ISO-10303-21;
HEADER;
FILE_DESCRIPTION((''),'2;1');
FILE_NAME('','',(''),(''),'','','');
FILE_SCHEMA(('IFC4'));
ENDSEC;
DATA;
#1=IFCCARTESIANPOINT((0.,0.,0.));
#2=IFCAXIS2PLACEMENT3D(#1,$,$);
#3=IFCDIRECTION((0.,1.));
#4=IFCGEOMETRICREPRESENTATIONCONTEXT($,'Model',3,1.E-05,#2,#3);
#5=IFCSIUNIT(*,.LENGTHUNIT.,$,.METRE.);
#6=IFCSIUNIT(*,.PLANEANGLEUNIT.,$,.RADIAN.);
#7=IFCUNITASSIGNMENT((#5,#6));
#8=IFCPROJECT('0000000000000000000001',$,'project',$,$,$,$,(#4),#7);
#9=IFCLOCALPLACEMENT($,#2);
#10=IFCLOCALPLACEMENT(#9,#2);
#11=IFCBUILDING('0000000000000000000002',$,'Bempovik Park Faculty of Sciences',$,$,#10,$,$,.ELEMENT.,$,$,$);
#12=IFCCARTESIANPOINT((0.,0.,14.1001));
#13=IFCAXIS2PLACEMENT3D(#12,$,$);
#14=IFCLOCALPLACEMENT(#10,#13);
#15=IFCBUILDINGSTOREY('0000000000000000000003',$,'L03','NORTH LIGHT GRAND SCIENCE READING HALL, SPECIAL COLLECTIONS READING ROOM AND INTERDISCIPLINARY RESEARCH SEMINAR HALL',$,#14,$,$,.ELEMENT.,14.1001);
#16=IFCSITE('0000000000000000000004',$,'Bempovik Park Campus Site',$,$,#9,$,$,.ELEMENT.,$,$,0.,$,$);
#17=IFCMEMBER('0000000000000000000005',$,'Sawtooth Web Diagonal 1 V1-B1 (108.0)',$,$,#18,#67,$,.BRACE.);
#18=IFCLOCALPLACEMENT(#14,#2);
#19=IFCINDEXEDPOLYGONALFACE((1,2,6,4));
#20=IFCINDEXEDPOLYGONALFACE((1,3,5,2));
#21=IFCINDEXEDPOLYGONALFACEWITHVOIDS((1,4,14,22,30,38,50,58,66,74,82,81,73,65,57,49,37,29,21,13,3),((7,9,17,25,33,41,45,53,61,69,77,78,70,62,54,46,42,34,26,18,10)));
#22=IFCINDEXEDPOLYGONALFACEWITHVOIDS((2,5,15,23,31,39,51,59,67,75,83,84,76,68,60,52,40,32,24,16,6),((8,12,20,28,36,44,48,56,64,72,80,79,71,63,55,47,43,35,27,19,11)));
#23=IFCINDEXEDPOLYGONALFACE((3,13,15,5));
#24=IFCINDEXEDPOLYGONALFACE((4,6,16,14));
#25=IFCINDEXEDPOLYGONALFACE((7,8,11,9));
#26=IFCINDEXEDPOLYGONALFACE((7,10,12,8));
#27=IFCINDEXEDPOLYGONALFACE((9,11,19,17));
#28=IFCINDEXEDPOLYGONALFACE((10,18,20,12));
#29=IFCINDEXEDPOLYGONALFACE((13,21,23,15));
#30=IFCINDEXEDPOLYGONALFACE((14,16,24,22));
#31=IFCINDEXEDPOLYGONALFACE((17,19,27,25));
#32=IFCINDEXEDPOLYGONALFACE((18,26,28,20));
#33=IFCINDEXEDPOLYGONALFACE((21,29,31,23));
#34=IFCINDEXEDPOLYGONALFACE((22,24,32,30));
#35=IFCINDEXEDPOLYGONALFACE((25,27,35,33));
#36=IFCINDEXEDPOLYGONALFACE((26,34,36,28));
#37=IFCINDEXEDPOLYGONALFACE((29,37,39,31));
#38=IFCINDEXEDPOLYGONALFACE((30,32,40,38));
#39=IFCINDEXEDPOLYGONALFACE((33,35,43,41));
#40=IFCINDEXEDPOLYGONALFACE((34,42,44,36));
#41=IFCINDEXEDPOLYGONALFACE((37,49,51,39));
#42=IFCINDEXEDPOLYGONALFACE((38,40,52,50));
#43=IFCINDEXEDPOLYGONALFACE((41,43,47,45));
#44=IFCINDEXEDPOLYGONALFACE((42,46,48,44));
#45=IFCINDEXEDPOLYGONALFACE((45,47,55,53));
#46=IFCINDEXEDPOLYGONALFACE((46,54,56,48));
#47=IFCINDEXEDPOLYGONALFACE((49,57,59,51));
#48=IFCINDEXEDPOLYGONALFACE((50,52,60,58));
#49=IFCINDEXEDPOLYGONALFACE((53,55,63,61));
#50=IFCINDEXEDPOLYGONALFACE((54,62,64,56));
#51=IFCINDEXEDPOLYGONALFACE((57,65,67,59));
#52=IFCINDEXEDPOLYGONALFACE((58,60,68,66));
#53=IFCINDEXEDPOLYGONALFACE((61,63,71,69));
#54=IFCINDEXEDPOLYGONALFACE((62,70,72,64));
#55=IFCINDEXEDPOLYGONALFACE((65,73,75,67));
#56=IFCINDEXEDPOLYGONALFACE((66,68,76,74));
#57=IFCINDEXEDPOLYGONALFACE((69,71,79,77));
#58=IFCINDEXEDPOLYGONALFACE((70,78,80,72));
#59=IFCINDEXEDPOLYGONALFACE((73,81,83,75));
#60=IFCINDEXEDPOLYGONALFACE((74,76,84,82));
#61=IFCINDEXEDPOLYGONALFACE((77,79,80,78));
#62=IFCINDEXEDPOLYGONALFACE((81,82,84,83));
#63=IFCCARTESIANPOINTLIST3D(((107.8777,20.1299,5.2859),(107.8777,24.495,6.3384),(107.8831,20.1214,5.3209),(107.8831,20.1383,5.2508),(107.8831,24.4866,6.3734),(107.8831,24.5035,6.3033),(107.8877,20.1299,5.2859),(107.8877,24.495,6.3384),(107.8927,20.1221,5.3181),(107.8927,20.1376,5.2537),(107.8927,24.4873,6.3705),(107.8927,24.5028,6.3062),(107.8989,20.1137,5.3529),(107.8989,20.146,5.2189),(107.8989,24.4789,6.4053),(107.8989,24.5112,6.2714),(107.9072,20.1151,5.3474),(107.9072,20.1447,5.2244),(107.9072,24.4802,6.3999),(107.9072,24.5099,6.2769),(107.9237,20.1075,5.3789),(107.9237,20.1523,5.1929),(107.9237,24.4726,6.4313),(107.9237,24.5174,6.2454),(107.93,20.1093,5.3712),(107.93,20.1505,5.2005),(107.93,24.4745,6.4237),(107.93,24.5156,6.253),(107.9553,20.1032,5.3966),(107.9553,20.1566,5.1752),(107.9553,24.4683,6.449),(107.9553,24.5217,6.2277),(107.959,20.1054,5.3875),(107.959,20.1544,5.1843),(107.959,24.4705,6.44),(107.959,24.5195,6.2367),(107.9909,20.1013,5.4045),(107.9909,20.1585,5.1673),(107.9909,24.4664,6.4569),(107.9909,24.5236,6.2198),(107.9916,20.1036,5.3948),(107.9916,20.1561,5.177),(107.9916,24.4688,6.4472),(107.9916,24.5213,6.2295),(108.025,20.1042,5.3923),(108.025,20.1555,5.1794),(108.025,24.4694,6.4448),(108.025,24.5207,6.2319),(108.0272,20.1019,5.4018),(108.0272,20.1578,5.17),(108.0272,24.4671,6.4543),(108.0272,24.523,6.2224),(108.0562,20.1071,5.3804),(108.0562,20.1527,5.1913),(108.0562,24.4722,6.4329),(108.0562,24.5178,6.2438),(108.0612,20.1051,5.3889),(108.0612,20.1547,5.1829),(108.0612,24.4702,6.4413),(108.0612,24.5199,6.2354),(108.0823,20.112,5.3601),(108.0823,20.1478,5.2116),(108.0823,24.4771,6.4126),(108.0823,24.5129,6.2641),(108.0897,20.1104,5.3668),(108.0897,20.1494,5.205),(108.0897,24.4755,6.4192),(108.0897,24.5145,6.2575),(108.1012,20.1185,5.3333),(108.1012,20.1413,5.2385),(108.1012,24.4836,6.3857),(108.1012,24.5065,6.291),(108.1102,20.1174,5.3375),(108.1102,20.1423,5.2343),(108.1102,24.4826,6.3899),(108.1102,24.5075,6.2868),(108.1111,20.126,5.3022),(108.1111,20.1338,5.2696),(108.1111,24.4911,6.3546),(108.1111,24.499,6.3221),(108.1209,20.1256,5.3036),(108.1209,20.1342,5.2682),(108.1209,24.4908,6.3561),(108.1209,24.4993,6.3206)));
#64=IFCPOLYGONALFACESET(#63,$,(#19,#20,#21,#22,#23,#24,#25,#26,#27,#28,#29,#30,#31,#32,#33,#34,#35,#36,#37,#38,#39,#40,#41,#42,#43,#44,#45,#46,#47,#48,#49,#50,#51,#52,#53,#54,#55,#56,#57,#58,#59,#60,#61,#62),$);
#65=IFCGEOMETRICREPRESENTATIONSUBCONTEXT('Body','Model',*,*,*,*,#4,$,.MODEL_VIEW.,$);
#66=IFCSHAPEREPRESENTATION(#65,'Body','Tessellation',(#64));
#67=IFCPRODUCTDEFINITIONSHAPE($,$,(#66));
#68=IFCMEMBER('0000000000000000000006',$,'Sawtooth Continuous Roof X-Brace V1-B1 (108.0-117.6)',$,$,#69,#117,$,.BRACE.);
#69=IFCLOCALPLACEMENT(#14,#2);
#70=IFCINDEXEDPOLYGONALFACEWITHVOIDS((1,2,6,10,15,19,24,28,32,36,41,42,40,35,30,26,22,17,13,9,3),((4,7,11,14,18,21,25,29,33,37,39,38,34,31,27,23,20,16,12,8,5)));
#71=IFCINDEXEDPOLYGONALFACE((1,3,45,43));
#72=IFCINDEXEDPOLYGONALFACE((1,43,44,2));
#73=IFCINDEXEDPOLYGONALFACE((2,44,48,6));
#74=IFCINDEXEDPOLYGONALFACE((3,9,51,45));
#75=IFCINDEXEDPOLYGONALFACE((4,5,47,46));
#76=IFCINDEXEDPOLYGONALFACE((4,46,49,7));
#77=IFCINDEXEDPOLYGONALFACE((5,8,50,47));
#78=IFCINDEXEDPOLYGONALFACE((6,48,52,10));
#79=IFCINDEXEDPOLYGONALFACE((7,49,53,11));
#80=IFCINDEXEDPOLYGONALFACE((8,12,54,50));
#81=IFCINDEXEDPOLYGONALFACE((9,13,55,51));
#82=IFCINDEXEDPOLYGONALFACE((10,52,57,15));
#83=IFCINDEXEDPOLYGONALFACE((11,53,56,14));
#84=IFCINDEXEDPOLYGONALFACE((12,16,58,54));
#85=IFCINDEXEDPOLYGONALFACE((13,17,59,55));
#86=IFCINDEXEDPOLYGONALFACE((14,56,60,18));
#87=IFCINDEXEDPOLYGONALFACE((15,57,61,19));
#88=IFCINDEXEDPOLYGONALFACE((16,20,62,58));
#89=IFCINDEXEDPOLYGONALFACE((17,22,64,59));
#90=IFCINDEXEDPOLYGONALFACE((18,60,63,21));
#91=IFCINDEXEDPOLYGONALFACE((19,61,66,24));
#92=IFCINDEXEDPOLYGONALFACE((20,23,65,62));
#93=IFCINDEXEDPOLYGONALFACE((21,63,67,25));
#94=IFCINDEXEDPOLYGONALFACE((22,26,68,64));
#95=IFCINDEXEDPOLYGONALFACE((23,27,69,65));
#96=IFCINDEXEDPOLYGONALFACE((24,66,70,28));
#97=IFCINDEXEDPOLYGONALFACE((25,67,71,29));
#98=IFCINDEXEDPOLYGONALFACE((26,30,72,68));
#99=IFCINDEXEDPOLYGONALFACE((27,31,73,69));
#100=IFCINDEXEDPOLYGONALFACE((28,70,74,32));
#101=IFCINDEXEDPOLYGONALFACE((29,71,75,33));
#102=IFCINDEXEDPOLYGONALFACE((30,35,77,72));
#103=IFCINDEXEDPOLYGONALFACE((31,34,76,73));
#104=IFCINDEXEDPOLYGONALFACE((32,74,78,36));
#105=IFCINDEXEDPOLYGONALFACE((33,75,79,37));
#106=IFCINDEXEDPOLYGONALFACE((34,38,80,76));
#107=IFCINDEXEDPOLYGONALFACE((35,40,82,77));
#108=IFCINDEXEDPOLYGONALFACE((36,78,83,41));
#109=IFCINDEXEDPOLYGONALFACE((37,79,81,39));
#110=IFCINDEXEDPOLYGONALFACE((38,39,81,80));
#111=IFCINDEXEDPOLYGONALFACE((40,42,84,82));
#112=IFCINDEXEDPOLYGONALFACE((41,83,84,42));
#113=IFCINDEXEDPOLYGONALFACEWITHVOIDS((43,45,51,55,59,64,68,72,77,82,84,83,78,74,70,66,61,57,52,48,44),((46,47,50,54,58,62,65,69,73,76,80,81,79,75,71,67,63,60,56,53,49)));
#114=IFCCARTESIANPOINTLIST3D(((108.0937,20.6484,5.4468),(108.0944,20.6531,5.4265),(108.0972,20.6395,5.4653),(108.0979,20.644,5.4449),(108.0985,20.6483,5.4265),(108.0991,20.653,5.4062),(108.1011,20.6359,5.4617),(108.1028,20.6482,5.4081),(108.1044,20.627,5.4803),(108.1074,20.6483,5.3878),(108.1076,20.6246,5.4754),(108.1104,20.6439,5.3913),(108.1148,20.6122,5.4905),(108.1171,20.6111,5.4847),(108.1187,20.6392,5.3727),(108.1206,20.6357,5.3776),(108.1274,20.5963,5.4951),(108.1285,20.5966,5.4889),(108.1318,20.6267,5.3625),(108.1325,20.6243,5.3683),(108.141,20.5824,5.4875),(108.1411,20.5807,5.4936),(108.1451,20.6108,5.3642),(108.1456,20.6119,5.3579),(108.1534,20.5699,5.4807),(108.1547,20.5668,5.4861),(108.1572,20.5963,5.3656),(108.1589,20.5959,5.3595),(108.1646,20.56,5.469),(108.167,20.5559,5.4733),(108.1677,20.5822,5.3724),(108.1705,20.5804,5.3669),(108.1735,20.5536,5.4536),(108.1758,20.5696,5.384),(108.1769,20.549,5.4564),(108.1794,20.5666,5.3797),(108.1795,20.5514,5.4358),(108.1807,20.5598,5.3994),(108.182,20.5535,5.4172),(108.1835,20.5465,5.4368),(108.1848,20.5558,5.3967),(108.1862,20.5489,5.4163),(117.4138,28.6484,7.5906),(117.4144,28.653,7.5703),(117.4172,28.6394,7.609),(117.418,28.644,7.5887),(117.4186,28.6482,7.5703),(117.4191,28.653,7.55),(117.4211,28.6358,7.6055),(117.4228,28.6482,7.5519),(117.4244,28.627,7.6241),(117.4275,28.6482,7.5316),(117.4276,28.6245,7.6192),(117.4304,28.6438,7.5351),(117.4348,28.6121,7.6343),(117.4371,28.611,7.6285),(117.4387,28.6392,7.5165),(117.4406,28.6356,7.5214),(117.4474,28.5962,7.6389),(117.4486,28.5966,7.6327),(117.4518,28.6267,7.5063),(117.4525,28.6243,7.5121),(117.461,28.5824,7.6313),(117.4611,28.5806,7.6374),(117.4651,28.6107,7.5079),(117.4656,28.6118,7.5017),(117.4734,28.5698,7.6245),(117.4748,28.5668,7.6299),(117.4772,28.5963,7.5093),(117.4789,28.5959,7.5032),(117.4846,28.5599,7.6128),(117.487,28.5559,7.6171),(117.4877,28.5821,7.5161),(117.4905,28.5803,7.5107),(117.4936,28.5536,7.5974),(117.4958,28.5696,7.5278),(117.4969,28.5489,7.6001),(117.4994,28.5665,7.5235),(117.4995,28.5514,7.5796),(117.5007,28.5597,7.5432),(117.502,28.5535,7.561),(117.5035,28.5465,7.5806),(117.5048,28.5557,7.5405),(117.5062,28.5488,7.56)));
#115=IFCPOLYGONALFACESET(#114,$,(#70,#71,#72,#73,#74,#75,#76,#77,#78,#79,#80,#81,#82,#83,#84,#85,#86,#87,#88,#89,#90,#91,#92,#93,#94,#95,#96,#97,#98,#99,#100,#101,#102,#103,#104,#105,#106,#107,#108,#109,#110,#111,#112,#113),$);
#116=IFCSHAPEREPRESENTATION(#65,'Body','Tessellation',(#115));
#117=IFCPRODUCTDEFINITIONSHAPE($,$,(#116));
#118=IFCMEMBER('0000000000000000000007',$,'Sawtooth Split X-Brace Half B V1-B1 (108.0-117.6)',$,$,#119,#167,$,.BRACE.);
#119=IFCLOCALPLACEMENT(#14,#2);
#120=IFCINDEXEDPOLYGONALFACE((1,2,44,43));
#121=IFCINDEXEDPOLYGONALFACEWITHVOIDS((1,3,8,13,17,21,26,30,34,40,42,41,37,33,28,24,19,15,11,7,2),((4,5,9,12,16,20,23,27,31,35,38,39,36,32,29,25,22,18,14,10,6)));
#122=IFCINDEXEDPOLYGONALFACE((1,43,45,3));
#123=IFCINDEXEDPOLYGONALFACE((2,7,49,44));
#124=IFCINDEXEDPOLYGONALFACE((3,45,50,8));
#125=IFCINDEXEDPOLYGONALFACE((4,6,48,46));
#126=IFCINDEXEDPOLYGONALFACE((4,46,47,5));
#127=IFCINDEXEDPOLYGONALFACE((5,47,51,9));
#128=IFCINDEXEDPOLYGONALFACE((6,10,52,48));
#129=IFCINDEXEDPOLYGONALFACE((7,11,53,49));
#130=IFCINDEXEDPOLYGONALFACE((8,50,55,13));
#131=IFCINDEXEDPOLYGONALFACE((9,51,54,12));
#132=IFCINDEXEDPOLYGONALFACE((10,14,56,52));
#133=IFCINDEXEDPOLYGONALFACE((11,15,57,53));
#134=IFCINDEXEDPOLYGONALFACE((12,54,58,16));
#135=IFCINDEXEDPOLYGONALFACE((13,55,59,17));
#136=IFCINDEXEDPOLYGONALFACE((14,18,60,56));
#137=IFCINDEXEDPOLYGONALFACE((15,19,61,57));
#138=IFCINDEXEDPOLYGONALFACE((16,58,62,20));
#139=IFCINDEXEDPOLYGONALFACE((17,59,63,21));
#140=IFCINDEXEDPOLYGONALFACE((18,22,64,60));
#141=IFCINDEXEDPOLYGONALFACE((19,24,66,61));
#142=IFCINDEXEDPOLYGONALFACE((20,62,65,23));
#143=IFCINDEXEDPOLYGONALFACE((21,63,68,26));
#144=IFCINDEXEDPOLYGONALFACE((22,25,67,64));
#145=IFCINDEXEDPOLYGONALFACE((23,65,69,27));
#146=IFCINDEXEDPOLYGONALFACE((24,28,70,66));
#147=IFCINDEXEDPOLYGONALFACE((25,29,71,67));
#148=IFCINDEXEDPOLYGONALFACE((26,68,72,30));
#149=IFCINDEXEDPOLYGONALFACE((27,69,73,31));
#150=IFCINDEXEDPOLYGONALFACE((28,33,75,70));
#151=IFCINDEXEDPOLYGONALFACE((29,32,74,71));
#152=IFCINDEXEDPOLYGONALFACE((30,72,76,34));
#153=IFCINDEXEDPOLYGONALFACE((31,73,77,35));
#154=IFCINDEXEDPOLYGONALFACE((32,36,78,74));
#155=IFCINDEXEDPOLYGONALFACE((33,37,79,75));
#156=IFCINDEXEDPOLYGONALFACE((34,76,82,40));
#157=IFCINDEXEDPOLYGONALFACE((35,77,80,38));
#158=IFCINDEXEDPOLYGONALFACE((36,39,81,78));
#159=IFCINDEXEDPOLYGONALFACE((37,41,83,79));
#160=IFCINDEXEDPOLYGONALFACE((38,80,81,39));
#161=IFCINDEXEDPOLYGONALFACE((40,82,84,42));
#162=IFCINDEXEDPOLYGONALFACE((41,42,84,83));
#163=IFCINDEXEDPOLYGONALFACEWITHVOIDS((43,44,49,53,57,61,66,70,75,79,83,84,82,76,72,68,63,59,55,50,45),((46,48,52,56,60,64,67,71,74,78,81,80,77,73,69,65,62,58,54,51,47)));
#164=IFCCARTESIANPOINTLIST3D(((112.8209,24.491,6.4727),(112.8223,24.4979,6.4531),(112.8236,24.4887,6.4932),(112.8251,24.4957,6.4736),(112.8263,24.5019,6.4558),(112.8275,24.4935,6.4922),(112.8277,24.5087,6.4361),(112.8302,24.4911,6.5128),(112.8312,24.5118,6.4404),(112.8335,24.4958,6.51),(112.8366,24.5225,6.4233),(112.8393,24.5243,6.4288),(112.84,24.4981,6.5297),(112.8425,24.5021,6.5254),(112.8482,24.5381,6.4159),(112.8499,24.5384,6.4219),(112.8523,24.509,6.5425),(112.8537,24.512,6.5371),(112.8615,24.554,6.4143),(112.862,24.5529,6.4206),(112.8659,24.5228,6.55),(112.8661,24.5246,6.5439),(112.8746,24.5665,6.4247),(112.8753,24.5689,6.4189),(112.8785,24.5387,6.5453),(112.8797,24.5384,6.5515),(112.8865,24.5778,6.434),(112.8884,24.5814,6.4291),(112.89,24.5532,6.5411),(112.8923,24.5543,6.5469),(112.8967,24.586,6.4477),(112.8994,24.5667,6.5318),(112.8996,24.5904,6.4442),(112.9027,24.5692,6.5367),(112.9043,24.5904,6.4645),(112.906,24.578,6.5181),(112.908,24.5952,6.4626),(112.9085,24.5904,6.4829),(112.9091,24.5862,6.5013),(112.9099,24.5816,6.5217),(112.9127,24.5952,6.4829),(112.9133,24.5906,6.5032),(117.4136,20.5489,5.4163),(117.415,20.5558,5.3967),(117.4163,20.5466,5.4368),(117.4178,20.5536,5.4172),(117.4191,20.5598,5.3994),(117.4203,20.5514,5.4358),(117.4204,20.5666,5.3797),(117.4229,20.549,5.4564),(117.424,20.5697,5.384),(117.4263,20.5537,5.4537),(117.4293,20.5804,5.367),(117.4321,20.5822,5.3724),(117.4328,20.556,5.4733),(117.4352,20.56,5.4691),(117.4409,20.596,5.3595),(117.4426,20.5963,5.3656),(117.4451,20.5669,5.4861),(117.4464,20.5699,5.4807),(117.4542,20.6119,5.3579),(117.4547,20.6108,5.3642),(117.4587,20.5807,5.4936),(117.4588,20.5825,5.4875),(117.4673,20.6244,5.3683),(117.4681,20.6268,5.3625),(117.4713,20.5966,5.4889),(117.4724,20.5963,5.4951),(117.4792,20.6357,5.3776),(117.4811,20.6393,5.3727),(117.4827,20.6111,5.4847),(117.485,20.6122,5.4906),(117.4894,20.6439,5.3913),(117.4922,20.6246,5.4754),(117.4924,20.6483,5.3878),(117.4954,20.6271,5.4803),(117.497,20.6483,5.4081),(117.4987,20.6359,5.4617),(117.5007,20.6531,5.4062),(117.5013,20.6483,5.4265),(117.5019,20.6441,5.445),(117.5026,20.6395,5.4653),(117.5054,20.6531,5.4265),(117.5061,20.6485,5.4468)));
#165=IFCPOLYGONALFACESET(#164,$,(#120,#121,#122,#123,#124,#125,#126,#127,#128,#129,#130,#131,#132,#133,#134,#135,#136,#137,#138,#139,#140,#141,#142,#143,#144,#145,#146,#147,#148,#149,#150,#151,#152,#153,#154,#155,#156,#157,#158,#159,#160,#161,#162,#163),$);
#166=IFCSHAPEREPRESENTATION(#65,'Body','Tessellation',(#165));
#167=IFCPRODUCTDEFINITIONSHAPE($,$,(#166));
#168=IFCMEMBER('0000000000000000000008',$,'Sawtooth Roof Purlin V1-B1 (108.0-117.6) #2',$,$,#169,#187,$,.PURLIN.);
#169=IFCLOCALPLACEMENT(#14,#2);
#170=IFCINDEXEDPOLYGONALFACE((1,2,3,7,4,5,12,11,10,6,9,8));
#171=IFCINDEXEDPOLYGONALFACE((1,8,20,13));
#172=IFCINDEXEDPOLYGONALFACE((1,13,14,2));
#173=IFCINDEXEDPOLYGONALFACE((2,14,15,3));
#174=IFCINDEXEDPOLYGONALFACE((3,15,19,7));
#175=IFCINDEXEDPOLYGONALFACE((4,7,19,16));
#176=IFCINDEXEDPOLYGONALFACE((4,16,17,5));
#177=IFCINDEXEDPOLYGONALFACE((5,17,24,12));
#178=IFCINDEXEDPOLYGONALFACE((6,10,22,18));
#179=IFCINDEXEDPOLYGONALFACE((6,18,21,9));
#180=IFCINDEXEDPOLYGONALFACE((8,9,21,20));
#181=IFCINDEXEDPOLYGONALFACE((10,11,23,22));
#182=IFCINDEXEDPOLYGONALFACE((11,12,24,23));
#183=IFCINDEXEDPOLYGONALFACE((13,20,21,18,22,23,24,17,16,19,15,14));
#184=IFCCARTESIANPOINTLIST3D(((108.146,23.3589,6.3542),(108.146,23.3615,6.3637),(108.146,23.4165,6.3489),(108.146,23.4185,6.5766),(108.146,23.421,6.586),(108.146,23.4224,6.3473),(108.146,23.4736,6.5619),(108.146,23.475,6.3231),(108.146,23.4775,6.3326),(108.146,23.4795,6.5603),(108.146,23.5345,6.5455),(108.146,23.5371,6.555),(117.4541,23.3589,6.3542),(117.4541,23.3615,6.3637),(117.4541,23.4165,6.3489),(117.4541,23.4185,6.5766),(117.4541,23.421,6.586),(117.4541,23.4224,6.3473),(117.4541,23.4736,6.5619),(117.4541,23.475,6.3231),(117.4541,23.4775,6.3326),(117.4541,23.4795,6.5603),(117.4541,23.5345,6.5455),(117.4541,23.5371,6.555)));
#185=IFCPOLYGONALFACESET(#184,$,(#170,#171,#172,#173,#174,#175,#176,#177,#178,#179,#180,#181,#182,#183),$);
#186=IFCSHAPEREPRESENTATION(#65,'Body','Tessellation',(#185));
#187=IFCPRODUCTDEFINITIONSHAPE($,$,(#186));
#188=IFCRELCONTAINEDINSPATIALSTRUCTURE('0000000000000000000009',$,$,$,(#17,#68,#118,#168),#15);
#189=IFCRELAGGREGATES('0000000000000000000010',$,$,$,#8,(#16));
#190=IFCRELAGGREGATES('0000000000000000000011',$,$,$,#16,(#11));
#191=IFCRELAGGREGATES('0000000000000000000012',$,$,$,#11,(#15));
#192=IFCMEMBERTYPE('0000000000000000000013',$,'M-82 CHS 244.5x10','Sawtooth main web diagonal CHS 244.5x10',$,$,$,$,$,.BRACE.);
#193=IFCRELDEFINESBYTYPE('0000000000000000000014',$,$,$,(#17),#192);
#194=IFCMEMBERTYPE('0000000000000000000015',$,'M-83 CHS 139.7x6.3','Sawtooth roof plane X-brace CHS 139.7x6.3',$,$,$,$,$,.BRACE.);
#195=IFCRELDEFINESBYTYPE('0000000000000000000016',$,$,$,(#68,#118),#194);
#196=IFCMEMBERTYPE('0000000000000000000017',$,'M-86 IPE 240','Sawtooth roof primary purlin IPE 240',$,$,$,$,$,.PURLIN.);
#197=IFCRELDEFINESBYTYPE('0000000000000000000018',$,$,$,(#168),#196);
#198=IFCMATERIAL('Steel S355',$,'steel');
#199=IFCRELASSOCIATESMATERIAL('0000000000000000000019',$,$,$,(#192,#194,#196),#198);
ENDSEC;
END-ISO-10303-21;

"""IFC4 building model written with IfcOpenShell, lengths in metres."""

from ifc_helpers import new_model, si_unit, direction, frame, origin, origin_2d, place, context, subcontext, project, spatial, hollow_circle, i_section, extrude, material, material_profile, profile_set, type_object, element, save


model = new_model("IFC4")

# Units and contexts
model_context = context("Model", 3, precision=1e-05, world=origin(), true_north=direction((0.0, 1.0)))
body_context = subcontext(model_context, "Body", "Model", "MODEL_VIEW")
ifc_project = project(units=[si_unit("LENGTHUNIT", "METRE"), si_unit("PLANEANGLEUNIT", "RADIAN")], contexts=[model_context])

# Site, building, storey
site_placement = place(None, origin())
site = spatial("IfcSite", under=ifc_project, at=site_placement, Name="Bempovik Park Campus Site", CompositionType="ELEMENT", RefElevation=0.0)
building_placement = place(site_placement, origin())
building = spatial("IfcBuilding", under=site, at=building_placement, Name="Bempovik Park Faculty of Sciences", CompositionType="ELEMENT")
storey_placement = place(building_placement, frame((0.0, 0.0, 14.1001)))
storey = spatial("IfcBuildingStorey", under=building, at=storey_placement, Name="L03", Description="NORTH LIGHT GRAND SCIENCE READING HALL, SPECIAL COLLECTIONS READING ROOM AND INTERDISCIPLINARY RESEARCH SEMINAR HALL", CompositionType="ELEMENT", Elevation=14.1001)

# Shared definitions
ifc_material_1 = material(Name="Steel S355", Category="steel")

# Members
ifc_material_profile_1 = material_profile(ifc_material_1, hollow_circle(Radius=0.1223, WallThickness=0.01, at=origin_2d()), Name="CHS 244.5x10")
ifc_profile_set_1 = profile_set([ifc_material_profile_1], Name="Steel S355")
member_type_1 = type_object("IfcMemberType", Name="M-82 CHS 244.5x10", Description="Sawtooth main web diagonal CHS 244.5x10", PredefinedType="BRACE", material=ifc_profile_set_1)
member_1_placement = place(storey_placement, frame((108.0, 20.1299, 5.2859), z_axis=(0.0, 0.972142, 0.234391), x_axis=(-1.0, 0.0, 0.0)))
element("IfcMember", 1, at=member_1_placement, inside=storey, type_object=member_type_1, Name="Sawtooth Web Diagonal 1 V1-B1 (108.0)", PredefinedType="BRACE", context=body_context, shape_type="SweptSolid", body=[
    extrude(hollow_circle(Radius=0.1223, WallThickness=0.01, at=origin_2d()), origin(), (0.0, 0.0, 1.0), 4.4902),
])
ifc_material_profile_2 = material_profile(ifc_material_1, hollow_circle(Radius=0.0698, WallThickness=0.0063, at=origin_2d()), Name="CHS 139.7x6.3")
ifc_profile_set_2 = profile_set([ifc_material_profile_2], Name="Steel S355")
member_type_2 = type_object("IfcMemberType", Name="M-83 CHS 139.7x6.3", Description="Sawtooth roof plane X-brace CHS 139.7x6.3", PredefinedType="BRACE", material=ifc_profile_set_2)
member_2_placement = place(storey_placement, frame((108.1399, 20.6001, 5.4265), z_axis=(0.747499, 0.641625, 0.171939), x_axis=(-0.651325, 0.758799, 0.0)))
element("IfcMember", 2, at=member_2_placement, inside=storey, type_object=member_type_2, Name="Sawtooth Continuous Roof X-Brace V1-B1 (108.0-117.6)", PredefinedType="BRACE", context=body_context, shape_type="SweptSolid", body=[
    extrude(hollow_circle(Radius=0.0698, WallThickness=0.0063, at=origin_2d()), origin(), (0.0, 0.0, 1.0), 12.4683),
])
member_3_placement = place(storey_placement, frame((112.8672, 24.5422, 6.4829), z_axis=(0.747509, -0.641613, -0.171937), x_axis=(0.651313, 0.758809, 0.0)))
element("IfcMember", 3, at=member_3_placement, inside=storey, type_object=member_type_2, Name="Sawtooth Split X-Brace Half B V1-B1 (108.0-117.6)", PredefinedType="BRACE", context=body_context, shape_type="SweptSolid", body=[
    extrude(hollow_circle(Radius=0.0698, WallThickness=0.0063, at=origin_2d()), origin(), (0.0, 0.0, 1.0), 6.144),
])
ifc_material_profile_3 = material_profile(ifc_material_1, i_section(OverallWidth=0.1201, OverallDepth=0.24, WebThickness=0.0061, FlangeThickness=0.0098, at=origin_2d()), Name="IPE 240")
ifc_profile_set_3 = profile_set([ifc_material_profile_3], Name="Steel S355")
member_type_3 = type_object("IfcMemberType", Name="M-86 IPE 240", Description="Sawtooth roof primary purlin IPE 240", PredefinedType="PURLIN", material=ifc_profile_set_3)
member_4_placement = place(storey_placement, frame((108.146, 23.448, 6.4546), z_axis=(1.0, 0.0, 0.0), x_axis=(0.0, 0.965926, -0.258819)))
element("IfcMember", 4, at=member_4_placement, inside=storey, type_object=member_type_3, Name="Sawtooth Roof Purlin V1-B1 (108.0-117.6) #2", PredefinedType="PURLIN", context=body_context, shape_type="SweptSolid", body=[
    extrude(i_section(OverallWidth=0.1201, OverallDepth=0.24, WebThickness=0.0061, FlangeThickness=0.0098, at=origin_2d()), origin(), (0.0, 0.0, 1.0), 9.3081),
])

save(model, "model.ifc")
